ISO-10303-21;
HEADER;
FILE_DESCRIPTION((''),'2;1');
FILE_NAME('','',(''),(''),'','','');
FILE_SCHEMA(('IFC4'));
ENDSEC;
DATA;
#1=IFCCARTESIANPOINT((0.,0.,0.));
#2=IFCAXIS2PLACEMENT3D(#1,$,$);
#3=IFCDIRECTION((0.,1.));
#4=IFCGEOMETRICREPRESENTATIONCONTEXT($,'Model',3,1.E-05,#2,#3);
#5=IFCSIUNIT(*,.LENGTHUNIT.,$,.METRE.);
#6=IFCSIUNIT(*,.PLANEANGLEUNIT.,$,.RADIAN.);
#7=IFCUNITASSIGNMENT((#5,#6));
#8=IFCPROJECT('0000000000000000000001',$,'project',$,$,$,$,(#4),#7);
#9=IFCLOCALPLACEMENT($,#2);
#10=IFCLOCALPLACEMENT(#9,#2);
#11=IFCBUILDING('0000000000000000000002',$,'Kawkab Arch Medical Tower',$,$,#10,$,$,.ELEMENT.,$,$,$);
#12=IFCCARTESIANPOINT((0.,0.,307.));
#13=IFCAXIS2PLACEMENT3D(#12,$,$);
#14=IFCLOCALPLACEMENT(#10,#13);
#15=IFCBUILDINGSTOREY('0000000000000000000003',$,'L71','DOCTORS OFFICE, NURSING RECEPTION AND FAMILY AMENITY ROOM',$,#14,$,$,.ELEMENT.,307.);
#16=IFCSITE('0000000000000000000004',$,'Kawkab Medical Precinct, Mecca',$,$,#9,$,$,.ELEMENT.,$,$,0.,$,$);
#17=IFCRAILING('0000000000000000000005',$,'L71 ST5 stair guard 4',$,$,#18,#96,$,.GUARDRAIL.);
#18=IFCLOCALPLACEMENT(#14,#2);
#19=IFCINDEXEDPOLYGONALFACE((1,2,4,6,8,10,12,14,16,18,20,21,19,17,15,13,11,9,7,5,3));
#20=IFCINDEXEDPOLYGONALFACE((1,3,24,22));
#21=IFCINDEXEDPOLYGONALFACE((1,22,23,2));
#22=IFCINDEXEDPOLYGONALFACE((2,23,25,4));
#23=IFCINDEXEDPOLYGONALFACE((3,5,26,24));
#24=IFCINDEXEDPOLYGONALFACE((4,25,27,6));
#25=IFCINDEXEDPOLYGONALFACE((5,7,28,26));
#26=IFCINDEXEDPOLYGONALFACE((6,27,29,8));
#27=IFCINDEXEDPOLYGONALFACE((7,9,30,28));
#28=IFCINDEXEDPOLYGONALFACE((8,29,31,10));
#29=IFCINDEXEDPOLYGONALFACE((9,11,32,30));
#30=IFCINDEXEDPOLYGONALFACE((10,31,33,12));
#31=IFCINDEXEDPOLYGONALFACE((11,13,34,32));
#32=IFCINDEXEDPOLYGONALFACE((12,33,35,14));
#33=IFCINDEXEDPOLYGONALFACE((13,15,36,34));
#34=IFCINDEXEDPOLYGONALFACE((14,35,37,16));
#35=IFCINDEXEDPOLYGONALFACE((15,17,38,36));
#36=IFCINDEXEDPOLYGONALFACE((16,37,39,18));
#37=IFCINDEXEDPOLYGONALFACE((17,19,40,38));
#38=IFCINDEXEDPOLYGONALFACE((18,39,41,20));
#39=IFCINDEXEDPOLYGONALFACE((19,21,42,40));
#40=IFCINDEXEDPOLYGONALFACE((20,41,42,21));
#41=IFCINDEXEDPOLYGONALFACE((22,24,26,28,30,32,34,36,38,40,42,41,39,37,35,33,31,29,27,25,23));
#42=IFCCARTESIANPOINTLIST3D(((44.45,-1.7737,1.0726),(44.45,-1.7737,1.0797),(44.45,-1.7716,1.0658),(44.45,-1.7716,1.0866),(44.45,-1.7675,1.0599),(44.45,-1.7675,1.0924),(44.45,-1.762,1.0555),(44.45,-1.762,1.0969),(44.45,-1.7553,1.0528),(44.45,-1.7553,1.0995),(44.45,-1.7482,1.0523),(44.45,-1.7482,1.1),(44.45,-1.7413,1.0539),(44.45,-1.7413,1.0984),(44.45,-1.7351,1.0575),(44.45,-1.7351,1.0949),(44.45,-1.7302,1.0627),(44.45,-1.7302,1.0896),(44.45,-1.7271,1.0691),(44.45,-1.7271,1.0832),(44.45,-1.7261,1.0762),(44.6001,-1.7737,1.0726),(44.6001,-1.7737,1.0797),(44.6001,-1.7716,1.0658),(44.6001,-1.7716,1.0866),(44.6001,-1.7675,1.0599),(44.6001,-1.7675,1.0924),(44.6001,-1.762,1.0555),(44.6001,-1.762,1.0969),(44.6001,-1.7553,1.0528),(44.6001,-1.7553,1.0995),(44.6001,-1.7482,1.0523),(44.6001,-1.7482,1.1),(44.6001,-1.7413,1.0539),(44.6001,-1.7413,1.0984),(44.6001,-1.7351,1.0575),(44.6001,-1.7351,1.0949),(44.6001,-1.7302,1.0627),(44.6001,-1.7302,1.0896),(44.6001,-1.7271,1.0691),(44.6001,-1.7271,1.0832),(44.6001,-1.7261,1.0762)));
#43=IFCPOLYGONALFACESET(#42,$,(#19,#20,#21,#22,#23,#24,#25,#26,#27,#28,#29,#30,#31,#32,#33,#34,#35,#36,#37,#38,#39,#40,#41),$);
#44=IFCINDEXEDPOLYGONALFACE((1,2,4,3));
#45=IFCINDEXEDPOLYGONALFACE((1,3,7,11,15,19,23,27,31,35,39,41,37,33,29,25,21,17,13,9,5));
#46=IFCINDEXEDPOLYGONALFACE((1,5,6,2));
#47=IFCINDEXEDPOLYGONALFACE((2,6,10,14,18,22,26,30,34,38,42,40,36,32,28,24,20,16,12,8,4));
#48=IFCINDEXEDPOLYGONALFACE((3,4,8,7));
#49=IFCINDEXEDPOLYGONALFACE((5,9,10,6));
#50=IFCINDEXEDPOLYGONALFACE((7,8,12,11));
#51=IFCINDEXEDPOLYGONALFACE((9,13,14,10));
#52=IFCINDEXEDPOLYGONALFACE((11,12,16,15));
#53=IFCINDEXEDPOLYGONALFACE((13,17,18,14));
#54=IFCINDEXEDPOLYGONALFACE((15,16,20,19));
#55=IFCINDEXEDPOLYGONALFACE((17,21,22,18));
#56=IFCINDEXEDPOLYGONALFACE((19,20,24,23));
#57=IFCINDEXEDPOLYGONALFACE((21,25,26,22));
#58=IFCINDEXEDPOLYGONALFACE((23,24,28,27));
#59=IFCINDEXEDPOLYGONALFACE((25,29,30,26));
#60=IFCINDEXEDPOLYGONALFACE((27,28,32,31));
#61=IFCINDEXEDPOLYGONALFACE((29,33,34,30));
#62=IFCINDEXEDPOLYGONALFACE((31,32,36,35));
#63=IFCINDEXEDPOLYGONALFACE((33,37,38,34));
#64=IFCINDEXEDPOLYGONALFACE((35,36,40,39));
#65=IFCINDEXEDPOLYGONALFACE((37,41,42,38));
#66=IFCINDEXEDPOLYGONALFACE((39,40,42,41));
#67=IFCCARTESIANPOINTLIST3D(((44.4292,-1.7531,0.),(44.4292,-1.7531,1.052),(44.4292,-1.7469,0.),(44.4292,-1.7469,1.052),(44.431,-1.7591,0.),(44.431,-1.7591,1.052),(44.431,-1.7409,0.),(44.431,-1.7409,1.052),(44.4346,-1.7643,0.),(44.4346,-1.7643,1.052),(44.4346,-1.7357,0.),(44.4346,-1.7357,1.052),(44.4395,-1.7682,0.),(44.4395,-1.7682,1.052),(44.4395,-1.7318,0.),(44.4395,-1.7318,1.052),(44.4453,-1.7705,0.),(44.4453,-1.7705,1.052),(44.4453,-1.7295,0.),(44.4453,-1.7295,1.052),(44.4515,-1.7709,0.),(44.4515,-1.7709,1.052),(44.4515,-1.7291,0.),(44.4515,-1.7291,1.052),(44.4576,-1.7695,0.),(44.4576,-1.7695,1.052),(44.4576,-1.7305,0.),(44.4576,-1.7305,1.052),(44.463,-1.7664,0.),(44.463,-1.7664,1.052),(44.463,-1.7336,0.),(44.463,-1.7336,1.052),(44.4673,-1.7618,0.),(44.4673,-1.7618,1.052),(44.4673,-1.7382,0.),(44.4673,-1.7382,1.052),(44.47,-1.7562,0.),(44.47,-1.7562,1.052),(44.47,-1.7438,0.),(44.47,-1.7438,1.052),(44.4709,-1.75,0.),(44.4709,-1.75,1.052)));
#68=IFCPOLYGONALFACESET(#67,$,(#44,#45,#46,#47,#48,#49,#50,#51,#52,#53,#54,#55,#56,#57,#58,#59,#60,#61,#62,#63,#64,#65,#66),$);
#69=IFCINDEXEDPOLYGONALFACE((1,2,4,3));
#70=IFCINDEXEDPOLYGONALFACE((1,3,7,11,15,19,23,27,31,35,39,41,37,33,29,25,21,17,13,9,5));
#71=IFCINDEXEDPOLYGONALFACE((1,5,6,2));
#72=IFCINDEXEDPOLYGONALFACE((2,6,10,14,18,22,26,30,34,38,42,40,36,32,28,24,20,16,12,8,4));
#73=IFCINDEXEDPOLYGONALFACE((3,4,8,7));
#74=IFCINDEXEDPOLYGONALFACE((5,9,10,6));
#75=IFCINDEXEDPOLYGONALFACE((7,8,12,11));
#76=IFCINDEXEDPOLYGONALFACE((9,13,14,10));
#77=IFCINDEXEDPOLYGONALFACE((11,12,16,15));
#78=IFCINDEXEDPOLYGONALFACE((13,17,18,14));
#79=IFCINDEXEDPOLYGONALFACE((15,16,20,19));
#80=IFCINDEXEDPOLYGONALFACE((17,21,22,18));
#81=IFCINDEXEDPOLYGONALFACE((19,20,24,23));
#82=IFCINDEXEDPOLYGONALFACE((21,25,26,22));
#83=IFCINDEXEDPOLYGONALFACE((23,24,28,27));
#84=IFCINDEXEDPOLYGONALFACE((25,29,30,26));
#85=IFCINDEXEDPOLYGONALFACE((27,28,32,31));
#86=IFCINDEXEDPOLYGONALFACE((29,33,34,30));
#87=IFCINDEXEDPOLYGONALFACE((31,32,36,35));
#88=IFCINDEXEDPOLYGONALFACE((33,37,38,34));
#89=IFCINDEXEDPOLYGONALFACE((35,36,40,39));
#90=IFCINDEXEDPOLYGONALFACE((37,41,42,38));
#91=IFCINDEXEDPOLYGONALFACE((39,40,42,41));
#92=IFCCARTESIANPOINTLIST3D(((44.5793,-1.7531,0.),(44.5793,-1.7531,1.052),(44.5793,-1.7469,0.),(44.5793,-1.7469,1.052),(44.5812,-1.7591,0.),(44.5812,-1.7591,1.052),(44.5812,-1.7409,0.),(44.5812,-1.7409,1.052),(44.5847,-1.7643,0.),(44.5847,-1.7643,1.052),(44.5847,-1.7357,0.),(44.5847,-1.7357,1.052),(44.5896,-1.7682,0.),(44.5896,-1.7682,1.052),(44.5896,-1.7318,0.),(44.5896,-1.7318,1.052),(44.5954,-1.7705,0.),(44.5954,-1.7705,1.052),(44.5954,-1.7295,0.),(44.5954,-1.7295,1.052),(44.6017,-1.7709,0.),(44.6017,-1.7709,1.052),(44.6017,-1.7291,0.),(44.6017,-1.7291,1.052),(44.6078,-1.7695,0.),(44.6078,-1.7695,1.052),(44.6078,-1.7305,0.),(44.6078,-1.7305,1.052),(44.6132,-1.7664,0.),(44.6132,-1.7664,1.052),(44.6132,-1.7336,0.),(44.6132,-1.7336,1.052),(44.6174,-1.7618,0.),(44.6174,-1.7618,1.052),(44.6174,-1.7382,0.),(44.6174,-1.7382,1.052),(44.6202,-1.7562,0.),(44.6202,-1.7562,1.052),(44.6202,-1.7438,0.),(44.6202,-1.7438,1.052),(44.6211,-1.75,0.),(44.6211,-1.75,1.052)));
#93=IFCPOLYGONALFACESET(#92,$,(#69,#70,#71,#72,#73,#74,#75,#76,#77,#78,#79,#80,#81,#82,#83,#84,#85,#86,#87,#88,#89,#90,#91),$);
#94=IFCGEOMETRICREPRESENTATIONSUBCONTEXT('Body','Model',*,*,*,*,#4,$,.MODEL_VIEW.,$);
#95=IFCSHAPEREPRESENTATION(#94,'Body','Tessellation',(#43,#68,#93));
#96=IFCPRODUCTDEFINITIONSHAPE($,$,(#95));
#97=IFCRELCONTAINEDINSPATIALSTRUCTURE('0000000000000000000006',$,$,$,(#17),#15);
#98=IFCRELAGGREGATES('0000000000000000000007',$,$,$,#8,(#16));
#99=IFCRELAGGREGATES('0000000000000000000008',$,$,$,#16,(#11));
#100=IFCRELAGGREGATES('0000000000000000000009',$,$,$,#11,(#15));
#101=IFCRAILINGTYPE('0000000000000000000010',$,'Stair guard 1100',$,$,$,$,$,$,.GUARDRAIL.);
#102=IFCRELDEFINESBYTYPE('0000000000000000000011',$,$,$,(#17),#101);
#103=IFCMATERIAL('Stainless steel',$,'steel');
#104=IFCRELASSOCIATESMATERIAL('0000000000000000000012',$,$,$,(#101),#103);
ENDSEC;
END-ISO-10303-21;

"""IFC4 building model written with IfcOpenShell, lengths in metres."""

from ifc_helpers import new_model, si_unit, direction, frame, origin, origin_2d, place, context, subcontext, project, spatial, circle, extrude, material, type_object, element, save


model = new_model("IFC4")

# Units and contexts
model_context = context("Model", 3, precision=1e-05, world=origin(), true_north=direction((0.0, 1.0)))
body_context = subcontext(model_context, "Body", "Model", "MODEL_VIEW")
ifc_project = project(units=[si_unit("LENGTHUNIT", "METRE"), si_unit("PLANEANGLEUNIT", "RADIAN")], contexts=[model_context])

# Site, building, storey
site_placement = place(None, origin())
site = spatial("IfcSite", under=ifc_project, at=site_placement, Name="Kawkab Medical Precinct, Mecca", CompositionType="ELEMENT", RefElevation=0.0)
building_placement = place(site_placement, origin())
building = spatial("IfcBuilding", under=site, at=building_placement, Name="Kawkab Arch Medical Tower", CompositionType="ELEMENT")
storey_placement = place(building_placement, frame((0.0, 0.0, 307.0)))
storey = spatial("IfcBuildingStorey", under=building, at=storey_placement, Name="L71", Description="DOCTORS OFFICE, NURSING RECEPTION AND FAMILY AMENITY ROOM", CompositionType="ELEMENT", Elevation=307.0)

# Railing
ifc_material_1 = material(Name="Stainless steel", Category="steel")
railing_type = type_object("IfcRailingType", Name="Stair guard 1100", PredefinedType="GUARDRAIL", material=ifc_material_1)
railing_1_placement = place(storey_placement, frame((44.45, -1.75, 0.0)))
element("IfcRailing", 1, at=railing_1_placement, inside=storey, type_object=railing_type, Name="L71 ST5 stair guard 4", PredefinedType="GUARDRAIL", context=body_context, shape_type="SweptSolid", body=[
    extrude(circle(Radius=0.0239, at=origin_2d()), frame((0.0, 0.0, 1.0762), z_axis=(1.0, 0.0, 0.0), x_axis=(0.0, 1.0, 0.0)), (0.0, 0.0, 1.0), 0.1501),
    extrude(circle(Radius=0.021, at=origin_2d()), origin(), (0.0, 0.0, 1.0), 1.052),
    extrude(circle(Radius=0.021, at=origin_2d()), frame((0.1501, 0.0, 0.0)), (0.0, 0.0, 1.0), 1.052),
])

save(model, "model.ifc")
